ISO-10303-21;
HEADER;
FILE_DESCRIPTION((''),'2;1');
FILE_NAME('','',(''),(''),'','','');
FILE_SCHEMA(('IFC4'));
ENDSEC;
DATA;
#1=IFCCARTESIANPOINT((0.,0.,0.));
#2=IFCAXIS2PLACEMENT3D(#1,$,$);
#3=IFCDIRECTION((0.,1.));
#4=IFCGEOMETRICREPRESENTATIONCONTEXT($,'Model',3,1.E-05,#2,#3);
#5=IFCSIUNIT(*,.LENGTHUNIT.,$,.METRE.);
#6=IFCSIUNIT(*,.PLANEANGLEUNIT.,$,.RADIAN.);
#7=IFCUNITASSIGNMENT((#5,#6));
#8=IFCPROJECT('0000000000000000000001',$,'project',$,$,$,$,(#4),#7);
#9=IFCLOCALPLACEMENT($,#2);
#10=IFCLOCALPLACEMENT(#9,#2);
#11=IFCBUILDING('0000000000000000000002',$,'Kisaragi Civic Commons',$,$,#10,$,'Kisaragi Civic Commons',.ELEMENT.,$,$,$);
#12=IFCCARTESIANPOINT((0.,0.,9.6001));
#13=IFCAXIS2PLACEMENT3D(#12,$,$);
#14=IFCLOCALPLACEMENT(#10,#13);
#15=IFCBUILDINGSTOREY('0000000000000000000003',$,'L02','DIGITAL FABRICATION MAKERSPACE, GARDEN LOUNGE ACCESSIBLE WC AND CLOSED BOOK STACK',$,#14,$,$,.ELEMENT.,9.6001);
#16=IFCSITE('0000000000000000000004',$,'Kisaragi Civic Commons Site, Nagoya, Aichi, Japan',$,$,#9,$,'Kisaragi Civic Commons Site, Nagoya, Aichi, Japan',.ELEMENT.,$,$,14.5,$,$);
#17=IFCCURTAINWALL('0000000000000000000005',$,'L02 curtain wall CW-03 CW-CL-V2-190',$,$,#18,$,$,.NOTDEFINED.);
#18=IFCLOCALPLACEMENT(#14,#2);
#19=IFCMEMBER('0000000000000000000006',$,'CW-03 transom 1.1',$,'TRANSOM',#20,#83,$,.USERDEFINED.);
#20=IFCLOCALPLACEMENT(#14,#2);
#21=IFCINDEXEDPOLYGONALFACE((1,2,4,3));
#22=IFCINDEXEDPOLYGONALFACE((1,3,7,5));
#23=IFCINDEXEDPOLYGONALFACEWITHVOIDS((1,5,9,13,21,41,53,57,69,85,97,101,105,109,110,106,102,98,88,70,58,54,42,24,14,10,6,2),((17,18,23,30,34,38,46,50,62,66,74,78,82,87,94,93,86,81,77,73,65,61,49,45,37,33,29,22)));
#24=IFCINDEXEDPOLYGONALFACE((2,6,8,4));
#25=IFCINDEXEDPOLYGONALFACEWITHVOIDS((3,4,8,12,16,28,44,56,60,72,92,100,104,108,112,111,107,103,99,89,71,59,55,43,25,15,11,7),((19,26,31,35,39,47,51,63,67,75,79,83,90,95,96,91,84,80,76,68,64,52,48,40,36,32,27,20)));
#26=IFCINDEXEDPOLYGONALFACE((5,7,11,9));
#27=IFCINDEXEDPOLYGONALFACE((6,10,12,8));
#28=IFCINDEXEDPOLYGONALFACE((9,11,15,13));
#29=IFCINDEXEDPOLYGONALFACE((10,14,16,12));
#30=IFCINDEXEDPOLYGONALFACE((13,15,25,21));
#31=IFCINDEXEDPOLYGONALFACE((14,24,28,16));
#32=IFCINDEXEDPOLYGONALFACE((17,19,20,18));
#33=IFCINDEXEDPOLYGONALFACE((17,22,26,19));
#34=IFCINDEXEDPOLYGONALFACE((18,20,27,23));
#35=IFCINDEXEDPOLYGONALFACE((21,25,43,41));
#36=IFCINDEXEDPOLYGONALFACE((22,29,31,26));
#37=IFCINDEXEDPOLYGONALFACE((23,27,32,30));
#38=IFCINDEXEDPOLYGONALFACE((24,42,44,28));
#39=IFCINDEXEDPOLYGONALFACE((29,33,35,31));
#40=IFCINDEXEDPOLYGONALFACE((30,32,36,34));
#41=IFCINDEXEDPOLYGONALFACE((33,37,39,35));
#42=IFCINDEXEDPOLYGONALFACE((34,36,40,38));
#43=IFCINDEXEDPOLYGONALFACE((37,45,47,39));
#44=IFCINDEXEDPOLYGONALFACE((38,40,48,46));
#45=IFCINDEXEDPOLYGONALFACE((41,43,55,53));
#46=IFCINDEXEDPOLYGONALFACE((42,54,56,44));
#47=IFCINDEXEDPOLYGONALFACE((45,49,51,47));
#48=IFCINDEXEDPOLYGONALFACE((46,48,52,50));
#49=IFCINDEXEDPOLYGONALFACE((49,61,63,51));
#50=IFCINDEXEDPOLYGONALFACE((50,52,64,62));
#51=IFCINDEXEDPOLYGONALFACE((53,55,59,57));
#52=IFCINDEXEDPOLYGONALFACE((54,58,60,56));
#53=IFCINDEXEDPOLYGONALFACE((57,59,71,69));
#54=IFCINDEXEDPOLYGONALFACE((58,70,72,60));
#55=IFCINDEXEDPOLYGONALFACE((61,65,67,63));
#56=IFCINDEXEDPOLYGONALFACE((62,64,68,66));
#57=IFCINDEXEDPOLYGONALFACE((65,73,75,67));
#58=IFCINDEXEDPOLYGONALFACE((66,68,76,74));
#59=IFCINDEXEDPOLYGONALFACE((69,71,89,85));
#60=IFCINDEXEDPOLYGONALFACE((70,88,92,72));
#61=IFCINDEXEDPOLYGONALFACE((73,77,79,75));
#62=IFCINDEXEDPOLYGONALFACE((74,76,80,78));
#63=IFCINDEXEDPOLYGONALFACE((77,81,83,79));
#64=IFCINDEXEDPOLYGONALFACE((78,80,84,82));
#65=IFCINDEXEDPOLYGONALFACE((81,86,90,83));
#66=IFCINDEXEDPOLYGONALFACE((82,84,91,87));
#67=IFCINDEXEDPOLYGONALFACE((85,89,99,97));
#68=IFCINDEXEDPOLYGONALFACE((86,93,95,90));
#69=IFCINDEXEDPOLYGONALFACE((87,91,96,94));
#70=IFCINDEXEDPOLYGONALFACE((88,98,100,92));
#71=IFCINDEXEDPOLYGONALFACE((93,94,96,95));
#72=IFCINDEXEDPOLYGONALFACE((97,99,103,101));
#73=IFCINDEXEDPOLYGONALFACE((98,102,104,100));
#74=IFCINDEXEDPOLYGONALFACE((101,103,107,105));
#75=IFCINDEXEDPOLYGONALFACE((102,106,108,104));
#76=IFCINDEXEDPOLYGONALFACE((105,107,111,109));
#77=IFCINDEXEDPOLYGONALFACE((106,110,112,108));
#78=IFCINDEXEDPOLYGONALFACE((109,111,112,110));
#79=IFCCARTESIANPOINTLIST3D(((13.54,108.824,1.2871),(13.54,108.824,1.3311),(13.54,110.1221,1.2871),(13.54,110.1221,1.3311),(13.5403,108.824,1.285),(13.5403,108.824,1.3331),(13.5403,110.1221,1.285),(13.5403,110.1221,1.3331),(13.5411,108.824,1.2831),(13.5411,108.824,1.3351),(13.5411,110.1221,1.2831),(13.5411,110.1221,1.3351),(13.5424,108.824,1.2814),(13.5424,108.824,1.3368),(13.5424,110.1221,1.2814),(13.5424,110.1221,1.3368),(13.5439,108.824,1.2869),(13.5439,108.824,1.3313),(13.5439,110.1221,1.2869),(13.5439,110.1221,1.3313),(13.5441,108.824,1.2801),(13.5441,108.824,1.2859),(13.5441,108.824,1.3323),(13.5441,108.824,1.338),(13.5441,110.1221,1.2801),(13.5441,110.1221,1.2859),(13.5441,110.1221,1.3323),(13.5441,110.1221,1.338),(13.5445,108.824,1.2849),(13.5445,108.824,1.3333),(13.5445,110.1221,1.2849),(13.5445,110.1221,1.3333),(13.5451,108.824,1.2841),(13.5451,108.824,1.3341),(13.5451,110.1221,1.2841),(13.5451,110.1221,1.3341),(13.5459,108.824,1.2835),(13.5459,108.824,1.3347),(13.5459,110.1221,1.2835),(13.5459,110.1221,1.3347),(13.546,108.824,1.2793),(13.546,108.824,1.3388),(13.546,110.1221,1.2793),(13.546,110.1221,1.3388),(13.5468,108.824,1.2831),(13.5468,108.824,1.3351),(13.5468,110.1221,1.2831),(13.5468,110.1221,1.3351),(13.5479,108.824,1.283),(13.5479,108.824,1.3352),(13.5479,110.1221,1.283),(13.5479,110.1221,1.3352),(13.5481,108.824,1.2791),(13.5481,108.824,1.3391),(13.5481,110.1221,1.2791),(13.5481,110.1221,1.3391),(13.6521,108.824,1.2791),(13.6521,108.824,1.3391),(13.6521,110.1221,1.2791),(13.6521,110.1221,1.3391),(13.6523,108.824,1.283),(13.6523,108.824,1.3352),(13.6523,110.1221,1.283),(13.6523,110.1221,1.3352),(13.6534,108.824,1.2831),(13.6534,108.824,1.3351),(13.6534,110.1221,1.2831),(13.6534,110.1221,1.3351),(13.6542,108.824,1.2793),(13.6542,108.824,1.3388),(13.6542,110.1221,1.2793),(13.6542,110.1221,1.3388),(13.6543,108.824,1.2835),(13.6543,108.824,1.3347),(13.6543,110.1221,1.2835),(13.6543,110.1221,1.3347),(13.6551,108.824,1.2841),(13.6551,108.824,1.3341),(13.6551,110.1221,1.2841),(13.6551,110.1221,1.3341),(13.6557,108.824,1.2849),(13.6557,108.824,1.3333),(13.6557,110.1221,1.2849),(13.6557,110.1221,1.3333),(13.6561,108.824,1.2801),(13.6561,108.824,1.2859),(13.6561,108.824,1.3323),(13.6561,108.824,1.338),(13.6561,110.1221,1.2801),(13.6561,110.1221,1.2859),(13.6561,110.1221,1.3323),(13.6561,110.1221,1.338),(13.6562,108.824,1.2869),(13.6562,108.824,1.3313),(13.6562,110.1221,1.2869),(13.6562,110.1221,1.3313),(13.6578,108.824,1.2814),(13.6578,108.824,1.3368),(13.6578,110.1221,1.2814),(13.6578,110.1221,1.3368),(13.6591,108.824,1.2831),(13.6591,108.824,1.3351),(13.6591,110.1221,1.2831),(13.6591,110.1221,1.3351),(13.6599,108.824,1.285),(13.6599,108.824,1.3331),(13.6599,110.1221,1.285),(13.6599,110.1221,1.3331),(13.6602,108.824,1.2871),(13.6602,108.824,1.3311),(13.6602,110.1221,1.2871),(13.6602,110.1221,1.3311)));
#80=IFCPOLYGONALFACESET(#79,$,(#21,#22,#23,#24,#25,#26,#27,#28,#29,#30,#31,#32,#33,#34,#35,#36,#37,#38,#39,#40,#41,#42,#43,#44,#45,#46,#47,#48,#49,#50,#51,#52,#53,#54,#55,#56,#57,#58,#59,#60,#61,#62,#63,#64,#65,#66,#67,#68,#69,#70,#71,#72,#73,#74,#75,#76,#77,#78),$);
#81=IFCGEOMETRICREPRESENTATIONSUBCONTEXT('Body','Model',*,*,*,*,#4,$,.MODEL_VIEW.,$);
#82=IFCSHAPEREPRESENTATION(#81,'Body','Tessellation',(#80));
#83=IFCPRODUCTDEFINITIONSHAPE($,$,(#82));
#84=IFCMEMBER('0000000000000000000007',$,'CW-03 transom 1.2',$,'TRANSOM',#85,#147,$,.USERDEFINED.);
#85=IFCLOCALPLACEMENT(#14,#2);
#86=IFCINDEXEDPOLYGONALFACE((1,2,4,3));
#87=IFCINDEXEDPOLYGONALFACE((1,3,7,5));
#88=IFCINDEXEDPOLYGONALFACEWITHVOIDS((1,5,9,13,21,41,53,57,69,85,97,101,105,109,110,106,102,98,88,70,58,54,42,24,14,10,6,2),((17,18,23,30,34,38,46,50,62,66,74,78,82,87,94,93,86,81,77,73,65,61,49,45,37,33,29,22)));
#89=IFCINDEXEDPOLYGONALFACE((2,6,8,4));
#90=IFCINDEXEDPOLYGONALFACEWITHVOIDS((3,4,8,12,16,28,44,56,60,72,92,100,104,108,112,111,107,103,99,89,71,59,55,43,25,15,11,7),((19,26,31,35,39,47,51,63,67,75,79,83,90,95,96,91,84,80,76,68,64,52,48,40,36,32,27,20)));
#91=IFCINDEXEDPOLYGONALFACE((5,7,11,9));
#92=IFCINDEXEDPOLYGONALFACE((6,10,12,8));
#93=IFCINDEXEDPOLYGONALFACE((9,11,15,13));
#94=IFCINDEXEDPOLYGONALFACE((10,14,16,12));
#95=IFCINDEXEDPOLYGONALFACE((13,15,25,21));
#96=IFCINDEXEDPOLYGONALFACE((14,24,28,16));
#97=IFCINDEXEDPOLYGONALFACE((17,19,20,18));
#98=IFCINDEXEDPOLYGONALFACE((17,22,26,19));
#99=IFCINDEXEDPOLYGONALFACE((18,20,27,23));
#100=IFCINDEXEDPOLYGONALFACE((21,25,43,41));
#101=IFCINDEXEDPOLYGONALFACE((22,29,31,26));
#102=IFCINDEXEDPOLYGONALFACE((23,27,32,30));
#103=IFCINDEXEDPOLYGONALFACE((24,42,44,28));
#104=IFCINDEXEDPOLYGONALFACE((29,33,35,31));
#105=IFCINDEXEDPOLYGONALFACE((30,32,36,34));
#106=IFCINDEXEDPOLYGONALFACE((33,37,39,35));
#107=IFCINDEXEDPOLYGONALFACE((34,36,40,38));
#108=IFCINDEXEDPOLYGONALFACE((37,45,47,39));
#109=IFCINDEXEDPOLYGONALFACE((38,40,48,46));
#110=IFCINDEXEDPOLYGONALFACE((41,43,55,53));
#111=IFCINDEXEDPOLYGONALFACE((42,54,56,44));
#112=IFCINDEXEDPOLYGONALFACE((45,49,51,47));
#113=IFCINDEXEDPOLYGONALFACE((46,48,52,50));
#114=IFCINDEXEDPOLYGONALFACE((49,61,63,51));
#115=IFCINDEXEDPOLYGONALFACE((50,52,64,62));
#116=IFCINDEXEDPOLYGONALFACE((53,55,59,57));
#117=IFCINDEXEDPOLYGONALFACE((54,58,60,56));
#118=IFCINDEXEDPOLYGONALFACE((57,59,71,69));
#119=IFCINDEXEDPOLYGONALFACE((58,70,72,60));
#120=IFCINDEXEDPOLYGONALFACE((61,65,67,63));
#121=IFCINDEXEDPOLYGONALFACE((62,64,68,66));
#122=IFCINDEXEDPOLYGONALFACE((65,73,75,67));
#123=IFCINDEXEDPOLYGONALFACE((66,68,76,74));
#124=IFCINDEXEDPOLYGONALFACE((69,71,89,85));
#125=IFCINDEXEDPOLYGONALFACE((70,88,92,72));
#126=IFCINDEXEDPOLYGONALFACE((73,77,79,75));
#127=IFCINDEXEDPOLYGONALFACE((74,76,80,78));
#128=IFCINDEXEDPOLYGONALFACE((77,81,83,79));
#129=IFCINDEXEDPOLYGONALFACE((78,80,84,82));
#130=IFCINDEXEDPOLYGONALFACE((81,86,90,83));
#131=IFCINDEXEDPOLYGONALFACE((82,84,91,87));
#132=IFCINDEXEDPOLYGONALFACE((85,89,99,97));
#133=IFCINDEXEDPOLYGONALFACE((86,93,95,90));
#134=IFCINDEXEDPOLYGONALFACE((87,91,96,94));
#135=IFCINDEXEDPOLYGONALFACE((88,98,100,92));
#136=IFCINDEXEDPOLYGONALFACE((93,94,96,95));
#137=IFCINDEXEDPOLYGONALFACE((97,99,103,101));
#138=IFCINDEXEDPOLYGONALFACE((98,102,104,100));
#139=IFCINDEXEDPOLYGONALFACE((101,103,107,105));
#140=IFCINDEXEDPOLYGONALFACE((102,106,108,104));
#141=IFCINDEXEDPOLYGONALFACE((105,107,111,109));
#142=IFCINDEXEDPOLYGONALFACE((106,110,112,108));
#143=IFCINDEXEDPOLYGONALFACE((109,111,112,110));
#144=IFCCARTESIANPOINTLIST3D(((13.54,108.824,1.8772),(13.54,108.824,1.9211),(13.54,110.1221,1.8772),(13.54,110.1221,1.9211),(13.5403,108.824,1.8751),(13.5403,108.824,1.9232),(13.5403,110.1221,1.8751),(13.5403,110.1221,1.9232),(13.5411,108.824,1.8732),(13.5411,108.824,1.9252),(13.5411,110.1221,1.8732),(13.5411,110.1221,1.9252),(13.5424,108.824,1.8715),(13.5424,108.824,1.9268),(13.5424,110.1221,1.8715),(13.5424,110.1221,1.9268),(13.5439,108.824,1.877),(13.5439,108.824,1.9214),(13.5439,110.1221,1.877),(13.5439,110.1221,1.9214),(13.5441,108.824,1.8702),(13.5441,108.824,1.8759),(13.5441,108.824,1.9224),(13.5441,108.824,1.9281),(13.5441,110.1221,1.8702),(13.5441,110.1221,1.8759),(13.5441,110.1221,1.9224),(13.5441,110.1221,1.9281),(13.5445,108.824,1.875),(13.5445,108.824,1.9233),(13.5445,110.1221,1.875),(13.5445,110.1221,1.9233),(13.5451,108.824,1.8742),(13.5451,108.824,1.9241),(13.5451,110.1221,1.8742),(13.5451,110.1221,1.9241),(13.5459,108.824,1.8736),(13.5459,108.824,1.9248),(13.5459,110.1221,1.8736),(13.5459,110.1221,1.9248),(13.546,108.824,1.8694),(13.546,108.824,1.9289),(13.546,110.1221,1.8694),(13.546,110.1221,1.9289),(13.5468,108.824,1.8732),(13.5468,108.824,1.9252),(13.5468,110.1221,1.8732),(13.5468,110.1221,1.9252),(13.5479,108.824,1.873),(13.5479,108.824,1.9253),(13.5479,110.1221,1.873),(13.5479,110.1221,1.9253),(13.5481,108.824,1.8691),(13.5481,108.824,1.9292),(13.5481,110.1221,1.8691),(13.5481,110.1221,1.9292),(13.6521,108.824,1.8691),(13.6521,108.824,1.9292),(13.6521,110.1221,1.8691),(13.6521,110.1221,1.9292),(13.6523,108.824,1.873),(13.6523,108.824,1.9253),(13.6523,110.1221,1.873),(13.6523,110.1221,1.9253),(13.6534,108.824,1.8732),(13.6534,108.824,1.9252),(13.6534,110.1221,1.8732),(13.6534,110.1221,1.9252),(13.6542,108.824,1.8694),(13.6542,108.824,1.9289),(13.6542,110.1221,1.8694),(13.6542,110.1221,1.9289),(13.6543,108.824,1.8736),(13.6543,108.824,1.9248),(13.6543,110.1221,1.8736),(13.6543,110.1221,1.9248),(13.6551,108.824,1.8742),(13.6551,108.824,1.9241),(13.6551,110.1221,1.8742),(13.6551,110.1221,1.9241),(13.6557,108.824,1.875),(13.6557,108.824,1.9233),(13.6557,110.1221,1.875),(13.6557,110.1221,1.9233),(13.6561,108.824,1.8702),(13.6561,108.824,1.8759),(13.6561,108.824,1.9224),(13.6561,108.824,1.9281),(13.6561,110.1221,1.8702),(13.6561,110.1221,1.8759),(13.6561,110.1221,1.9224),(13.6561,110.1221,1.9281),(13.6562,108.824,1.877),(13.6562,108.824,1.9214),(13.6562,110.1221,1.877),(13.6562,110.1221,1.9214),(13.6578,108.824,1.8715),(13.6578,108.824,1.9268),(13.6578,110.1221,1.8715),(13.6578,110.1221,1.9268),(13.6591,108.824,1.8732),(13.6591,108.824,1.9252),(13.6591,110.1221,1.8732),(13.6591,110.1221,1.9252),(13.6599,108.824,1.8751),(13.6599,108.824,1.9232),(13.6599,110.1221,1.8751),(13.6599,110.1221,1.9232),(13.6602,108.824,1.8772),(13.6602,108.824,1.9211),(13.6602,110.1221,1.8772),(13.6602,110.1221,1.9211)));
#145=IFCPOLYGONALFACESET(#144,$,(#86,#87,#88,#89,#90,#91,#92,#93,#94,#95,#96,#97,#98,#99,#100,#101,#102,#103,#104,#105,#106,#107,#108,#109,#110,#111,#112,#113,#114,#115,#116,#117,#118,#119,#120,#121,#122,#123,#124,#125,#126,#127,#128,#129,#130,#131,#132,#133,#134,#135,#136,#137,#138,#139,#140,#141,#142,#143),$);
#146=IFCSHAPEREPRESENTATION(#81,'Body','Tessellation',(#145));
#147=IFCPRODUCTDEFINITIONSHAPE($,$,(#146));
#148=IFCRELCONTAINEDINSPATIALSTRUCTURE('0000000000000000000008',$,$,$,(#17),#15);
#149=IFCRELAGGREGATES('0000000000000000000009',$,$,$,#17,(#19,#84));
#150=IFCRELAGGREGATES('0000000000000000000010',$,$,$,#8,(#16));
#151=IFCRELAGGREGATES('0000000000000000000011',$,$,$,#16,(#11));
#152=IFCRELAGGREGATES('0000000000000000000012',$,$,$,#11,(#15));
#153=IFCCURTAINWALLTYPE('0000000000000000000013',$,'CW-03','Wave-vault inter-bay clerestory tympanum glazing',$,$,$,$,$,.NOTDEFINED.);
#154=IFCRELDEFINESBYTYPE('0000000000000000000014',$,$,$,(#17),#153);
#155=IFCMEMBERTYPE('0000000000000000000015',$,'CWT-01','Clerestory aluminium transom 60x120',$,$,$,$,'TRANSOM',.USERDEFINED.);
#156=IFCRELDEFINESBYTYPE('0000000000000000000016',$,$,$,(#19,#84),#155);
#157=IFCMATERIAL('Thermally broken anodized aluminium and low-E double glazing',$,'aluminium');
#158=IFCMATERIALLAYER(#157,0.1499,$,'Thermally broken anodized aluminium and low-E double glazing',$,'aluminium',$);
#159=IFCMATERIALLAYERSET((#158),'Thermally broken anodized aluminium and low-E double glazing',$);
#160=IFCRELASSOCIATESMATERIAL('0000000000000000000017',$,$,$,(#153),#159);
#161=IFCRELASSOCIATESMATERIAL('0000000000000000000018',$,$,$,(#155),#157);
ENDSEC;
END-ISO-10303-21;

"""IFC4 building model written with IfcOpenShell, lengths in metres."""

from ifc_helpers import new_model, si_unit, direction, frame, origin, origin_2d, place, context, subcontext, project, spatial, hollow_rectangle, extrude, material, layer, layer_set, material_profile, profile_set, type_object, element, aggregate, save


model = new_model("IFC4")

# Units and contexts
model_context = context("Model", 3, precision=1e-05, world=origin(), true_north=direction((0.0, 1.0)))
body_context = subcontext(model_context, "Body", "Model", "MODEL_VIEW")
ifc_project = project(units=[si_unit("LENGTHUNIT", "METRE"), si_unit("PLANEANGLEUNIT", "RADIAN")], contexts=[model_context])

# Site, building, storey
site_placement = place(None, origin())
site = spatial("IfcSite", under=ifc_project, at=site_placement, Name="Kisaragi Civic Commons Site, Nagoya, Aichi, Japan", LongName="Kisaragi Civic Commons Site, Nagoya, Aichi, Japan", CompositionType="ELEMENT", RefElevation=14.5)
building_placement = place(site_placement, origin())
building = spatial("IfcBuilding", under=site, at=building_placement, Name="Kisaragi Civic Commons", LongName="Kisaragi Civic Commons", CompositionType="ELEMENT")
storey_placement = place(building_placement, frame((0.0, 0.0, 9.6001)))
storey = spatial("IfcBuildingStorey", under=building, at=storey_placement, Name="L02", Description="DIGITAL FABRICATION MAKERSPACE, GARDEN LOUNGE ACCESSIBLE WC AND CLOSED BOOK STACK", CompositionType="ELEMENT", Elevation=9.6001)

# Shared definitions
ifc_material_1 = material(Name="Thermally broken anodized aluminium and low-E double glazing", Category="aluminium")
ifc_layer_1 = layer(ifc_material_1, 0.1499, Name="Thermally broken anodized aluminium and low-E double glazing", Category="aluminium")
ifc_layer_set_1 = layer_set([ifc_layer_1], Name="Thermally broken anodized aluminium and low-E double glazing")
curtain_wall_type = type_object("IfcCurtainWallType", Name="CW-03", Description="Wave-vault inter-bay clerestory tympanum glazing", PredefinedType="NOTDEFINED", material=ifc_layer_set_1)

# Curtain wall
curtain_wall_1_placement = place(storey_placement, origin())
curtain_wall_1 = element("IfcCurtainWall", 1, at=curtain_wall_1_placement, inside=storey, type_object=curtain_wall_type, Name="L02 curtain wall CW-03 CW-CL-V2-190", PredefinedType="NOTDEFINED")

# Members
ifc_material_profile_1 = material_profile(ifc_material_1, hollow_rectangle(XDim=0.1201, YDim=0.0601, WallThickness=0.0039, InnerFilletRadius=0.0039, OuterFilletRadius=0.0081, at=origin_2d()), Name="CWT-60x120x4", Category="aluminium")
ifc_profile_set_1 = profile_set([ifc_material_profile_1], Name="Thermally broken anodized aluminium and low-E double glazing")
member_type_1 = type_object("IfcMemberType", Name="CWT-01", Description="Clerestory aluminium transom 60x120", ElementType="TRANSOM", PredefinedType="USERDEFINED", material=ifc_profile_set_1)
member_1_placement = place(storey_placement, frame((13.6001, 108.824, 1.3091), z_axis=(0.0, 1.0, 0.0), x_axis=(-1.0, 0.0, 0.0)))
member_1 = element("IfcMember", 2, at=member_1_placement, type_object=member_type_1, Name="CW-03 transom 1.1", ObjectType="TRANSOM", PredefinedType="USERDEFINED", context=body_context, shape_type="SweptSolid", body=[
    extrude(hollow_rectangle(XDim=0.1201, YDim=0.0601, WallThickness=0.0039, InnerFilletRadius=0.0039, OuterFilletRadius=0.0081, at=origin_2d()), origin(), (0.0, 0.0, 1.0), 1.2981),
])
member_2_placement = place(storey_placement, frame((13.6001, 108.824, 1.8992), z_axis=(0.0, 1.0, 0.0), x_axis=(-1.0, 0.0, 0.0)))
member_2 = element("IfcMember", 3, at=member_2_placement, type_object=member_type_1, Name="CW-03 transom 1.2", ObjectType="TRANSOM", PredefinedType="USERDEFINED", context=body_context, shape_type="SweptSolid", body=[
    extrude(hollow_rectangle(XDim=0.1201, YDim=0.0601, WallThickness=0.0039, InnerFilletRadius=0.0039, OuterFilletRadius=0.0081, at=origin_2d()), origin(), (0.0, 0.0, 1.0), 1.2981),
])

aggregate(curtain_wall_1, [member_1, member_2])

save(model, "model.ifc")
